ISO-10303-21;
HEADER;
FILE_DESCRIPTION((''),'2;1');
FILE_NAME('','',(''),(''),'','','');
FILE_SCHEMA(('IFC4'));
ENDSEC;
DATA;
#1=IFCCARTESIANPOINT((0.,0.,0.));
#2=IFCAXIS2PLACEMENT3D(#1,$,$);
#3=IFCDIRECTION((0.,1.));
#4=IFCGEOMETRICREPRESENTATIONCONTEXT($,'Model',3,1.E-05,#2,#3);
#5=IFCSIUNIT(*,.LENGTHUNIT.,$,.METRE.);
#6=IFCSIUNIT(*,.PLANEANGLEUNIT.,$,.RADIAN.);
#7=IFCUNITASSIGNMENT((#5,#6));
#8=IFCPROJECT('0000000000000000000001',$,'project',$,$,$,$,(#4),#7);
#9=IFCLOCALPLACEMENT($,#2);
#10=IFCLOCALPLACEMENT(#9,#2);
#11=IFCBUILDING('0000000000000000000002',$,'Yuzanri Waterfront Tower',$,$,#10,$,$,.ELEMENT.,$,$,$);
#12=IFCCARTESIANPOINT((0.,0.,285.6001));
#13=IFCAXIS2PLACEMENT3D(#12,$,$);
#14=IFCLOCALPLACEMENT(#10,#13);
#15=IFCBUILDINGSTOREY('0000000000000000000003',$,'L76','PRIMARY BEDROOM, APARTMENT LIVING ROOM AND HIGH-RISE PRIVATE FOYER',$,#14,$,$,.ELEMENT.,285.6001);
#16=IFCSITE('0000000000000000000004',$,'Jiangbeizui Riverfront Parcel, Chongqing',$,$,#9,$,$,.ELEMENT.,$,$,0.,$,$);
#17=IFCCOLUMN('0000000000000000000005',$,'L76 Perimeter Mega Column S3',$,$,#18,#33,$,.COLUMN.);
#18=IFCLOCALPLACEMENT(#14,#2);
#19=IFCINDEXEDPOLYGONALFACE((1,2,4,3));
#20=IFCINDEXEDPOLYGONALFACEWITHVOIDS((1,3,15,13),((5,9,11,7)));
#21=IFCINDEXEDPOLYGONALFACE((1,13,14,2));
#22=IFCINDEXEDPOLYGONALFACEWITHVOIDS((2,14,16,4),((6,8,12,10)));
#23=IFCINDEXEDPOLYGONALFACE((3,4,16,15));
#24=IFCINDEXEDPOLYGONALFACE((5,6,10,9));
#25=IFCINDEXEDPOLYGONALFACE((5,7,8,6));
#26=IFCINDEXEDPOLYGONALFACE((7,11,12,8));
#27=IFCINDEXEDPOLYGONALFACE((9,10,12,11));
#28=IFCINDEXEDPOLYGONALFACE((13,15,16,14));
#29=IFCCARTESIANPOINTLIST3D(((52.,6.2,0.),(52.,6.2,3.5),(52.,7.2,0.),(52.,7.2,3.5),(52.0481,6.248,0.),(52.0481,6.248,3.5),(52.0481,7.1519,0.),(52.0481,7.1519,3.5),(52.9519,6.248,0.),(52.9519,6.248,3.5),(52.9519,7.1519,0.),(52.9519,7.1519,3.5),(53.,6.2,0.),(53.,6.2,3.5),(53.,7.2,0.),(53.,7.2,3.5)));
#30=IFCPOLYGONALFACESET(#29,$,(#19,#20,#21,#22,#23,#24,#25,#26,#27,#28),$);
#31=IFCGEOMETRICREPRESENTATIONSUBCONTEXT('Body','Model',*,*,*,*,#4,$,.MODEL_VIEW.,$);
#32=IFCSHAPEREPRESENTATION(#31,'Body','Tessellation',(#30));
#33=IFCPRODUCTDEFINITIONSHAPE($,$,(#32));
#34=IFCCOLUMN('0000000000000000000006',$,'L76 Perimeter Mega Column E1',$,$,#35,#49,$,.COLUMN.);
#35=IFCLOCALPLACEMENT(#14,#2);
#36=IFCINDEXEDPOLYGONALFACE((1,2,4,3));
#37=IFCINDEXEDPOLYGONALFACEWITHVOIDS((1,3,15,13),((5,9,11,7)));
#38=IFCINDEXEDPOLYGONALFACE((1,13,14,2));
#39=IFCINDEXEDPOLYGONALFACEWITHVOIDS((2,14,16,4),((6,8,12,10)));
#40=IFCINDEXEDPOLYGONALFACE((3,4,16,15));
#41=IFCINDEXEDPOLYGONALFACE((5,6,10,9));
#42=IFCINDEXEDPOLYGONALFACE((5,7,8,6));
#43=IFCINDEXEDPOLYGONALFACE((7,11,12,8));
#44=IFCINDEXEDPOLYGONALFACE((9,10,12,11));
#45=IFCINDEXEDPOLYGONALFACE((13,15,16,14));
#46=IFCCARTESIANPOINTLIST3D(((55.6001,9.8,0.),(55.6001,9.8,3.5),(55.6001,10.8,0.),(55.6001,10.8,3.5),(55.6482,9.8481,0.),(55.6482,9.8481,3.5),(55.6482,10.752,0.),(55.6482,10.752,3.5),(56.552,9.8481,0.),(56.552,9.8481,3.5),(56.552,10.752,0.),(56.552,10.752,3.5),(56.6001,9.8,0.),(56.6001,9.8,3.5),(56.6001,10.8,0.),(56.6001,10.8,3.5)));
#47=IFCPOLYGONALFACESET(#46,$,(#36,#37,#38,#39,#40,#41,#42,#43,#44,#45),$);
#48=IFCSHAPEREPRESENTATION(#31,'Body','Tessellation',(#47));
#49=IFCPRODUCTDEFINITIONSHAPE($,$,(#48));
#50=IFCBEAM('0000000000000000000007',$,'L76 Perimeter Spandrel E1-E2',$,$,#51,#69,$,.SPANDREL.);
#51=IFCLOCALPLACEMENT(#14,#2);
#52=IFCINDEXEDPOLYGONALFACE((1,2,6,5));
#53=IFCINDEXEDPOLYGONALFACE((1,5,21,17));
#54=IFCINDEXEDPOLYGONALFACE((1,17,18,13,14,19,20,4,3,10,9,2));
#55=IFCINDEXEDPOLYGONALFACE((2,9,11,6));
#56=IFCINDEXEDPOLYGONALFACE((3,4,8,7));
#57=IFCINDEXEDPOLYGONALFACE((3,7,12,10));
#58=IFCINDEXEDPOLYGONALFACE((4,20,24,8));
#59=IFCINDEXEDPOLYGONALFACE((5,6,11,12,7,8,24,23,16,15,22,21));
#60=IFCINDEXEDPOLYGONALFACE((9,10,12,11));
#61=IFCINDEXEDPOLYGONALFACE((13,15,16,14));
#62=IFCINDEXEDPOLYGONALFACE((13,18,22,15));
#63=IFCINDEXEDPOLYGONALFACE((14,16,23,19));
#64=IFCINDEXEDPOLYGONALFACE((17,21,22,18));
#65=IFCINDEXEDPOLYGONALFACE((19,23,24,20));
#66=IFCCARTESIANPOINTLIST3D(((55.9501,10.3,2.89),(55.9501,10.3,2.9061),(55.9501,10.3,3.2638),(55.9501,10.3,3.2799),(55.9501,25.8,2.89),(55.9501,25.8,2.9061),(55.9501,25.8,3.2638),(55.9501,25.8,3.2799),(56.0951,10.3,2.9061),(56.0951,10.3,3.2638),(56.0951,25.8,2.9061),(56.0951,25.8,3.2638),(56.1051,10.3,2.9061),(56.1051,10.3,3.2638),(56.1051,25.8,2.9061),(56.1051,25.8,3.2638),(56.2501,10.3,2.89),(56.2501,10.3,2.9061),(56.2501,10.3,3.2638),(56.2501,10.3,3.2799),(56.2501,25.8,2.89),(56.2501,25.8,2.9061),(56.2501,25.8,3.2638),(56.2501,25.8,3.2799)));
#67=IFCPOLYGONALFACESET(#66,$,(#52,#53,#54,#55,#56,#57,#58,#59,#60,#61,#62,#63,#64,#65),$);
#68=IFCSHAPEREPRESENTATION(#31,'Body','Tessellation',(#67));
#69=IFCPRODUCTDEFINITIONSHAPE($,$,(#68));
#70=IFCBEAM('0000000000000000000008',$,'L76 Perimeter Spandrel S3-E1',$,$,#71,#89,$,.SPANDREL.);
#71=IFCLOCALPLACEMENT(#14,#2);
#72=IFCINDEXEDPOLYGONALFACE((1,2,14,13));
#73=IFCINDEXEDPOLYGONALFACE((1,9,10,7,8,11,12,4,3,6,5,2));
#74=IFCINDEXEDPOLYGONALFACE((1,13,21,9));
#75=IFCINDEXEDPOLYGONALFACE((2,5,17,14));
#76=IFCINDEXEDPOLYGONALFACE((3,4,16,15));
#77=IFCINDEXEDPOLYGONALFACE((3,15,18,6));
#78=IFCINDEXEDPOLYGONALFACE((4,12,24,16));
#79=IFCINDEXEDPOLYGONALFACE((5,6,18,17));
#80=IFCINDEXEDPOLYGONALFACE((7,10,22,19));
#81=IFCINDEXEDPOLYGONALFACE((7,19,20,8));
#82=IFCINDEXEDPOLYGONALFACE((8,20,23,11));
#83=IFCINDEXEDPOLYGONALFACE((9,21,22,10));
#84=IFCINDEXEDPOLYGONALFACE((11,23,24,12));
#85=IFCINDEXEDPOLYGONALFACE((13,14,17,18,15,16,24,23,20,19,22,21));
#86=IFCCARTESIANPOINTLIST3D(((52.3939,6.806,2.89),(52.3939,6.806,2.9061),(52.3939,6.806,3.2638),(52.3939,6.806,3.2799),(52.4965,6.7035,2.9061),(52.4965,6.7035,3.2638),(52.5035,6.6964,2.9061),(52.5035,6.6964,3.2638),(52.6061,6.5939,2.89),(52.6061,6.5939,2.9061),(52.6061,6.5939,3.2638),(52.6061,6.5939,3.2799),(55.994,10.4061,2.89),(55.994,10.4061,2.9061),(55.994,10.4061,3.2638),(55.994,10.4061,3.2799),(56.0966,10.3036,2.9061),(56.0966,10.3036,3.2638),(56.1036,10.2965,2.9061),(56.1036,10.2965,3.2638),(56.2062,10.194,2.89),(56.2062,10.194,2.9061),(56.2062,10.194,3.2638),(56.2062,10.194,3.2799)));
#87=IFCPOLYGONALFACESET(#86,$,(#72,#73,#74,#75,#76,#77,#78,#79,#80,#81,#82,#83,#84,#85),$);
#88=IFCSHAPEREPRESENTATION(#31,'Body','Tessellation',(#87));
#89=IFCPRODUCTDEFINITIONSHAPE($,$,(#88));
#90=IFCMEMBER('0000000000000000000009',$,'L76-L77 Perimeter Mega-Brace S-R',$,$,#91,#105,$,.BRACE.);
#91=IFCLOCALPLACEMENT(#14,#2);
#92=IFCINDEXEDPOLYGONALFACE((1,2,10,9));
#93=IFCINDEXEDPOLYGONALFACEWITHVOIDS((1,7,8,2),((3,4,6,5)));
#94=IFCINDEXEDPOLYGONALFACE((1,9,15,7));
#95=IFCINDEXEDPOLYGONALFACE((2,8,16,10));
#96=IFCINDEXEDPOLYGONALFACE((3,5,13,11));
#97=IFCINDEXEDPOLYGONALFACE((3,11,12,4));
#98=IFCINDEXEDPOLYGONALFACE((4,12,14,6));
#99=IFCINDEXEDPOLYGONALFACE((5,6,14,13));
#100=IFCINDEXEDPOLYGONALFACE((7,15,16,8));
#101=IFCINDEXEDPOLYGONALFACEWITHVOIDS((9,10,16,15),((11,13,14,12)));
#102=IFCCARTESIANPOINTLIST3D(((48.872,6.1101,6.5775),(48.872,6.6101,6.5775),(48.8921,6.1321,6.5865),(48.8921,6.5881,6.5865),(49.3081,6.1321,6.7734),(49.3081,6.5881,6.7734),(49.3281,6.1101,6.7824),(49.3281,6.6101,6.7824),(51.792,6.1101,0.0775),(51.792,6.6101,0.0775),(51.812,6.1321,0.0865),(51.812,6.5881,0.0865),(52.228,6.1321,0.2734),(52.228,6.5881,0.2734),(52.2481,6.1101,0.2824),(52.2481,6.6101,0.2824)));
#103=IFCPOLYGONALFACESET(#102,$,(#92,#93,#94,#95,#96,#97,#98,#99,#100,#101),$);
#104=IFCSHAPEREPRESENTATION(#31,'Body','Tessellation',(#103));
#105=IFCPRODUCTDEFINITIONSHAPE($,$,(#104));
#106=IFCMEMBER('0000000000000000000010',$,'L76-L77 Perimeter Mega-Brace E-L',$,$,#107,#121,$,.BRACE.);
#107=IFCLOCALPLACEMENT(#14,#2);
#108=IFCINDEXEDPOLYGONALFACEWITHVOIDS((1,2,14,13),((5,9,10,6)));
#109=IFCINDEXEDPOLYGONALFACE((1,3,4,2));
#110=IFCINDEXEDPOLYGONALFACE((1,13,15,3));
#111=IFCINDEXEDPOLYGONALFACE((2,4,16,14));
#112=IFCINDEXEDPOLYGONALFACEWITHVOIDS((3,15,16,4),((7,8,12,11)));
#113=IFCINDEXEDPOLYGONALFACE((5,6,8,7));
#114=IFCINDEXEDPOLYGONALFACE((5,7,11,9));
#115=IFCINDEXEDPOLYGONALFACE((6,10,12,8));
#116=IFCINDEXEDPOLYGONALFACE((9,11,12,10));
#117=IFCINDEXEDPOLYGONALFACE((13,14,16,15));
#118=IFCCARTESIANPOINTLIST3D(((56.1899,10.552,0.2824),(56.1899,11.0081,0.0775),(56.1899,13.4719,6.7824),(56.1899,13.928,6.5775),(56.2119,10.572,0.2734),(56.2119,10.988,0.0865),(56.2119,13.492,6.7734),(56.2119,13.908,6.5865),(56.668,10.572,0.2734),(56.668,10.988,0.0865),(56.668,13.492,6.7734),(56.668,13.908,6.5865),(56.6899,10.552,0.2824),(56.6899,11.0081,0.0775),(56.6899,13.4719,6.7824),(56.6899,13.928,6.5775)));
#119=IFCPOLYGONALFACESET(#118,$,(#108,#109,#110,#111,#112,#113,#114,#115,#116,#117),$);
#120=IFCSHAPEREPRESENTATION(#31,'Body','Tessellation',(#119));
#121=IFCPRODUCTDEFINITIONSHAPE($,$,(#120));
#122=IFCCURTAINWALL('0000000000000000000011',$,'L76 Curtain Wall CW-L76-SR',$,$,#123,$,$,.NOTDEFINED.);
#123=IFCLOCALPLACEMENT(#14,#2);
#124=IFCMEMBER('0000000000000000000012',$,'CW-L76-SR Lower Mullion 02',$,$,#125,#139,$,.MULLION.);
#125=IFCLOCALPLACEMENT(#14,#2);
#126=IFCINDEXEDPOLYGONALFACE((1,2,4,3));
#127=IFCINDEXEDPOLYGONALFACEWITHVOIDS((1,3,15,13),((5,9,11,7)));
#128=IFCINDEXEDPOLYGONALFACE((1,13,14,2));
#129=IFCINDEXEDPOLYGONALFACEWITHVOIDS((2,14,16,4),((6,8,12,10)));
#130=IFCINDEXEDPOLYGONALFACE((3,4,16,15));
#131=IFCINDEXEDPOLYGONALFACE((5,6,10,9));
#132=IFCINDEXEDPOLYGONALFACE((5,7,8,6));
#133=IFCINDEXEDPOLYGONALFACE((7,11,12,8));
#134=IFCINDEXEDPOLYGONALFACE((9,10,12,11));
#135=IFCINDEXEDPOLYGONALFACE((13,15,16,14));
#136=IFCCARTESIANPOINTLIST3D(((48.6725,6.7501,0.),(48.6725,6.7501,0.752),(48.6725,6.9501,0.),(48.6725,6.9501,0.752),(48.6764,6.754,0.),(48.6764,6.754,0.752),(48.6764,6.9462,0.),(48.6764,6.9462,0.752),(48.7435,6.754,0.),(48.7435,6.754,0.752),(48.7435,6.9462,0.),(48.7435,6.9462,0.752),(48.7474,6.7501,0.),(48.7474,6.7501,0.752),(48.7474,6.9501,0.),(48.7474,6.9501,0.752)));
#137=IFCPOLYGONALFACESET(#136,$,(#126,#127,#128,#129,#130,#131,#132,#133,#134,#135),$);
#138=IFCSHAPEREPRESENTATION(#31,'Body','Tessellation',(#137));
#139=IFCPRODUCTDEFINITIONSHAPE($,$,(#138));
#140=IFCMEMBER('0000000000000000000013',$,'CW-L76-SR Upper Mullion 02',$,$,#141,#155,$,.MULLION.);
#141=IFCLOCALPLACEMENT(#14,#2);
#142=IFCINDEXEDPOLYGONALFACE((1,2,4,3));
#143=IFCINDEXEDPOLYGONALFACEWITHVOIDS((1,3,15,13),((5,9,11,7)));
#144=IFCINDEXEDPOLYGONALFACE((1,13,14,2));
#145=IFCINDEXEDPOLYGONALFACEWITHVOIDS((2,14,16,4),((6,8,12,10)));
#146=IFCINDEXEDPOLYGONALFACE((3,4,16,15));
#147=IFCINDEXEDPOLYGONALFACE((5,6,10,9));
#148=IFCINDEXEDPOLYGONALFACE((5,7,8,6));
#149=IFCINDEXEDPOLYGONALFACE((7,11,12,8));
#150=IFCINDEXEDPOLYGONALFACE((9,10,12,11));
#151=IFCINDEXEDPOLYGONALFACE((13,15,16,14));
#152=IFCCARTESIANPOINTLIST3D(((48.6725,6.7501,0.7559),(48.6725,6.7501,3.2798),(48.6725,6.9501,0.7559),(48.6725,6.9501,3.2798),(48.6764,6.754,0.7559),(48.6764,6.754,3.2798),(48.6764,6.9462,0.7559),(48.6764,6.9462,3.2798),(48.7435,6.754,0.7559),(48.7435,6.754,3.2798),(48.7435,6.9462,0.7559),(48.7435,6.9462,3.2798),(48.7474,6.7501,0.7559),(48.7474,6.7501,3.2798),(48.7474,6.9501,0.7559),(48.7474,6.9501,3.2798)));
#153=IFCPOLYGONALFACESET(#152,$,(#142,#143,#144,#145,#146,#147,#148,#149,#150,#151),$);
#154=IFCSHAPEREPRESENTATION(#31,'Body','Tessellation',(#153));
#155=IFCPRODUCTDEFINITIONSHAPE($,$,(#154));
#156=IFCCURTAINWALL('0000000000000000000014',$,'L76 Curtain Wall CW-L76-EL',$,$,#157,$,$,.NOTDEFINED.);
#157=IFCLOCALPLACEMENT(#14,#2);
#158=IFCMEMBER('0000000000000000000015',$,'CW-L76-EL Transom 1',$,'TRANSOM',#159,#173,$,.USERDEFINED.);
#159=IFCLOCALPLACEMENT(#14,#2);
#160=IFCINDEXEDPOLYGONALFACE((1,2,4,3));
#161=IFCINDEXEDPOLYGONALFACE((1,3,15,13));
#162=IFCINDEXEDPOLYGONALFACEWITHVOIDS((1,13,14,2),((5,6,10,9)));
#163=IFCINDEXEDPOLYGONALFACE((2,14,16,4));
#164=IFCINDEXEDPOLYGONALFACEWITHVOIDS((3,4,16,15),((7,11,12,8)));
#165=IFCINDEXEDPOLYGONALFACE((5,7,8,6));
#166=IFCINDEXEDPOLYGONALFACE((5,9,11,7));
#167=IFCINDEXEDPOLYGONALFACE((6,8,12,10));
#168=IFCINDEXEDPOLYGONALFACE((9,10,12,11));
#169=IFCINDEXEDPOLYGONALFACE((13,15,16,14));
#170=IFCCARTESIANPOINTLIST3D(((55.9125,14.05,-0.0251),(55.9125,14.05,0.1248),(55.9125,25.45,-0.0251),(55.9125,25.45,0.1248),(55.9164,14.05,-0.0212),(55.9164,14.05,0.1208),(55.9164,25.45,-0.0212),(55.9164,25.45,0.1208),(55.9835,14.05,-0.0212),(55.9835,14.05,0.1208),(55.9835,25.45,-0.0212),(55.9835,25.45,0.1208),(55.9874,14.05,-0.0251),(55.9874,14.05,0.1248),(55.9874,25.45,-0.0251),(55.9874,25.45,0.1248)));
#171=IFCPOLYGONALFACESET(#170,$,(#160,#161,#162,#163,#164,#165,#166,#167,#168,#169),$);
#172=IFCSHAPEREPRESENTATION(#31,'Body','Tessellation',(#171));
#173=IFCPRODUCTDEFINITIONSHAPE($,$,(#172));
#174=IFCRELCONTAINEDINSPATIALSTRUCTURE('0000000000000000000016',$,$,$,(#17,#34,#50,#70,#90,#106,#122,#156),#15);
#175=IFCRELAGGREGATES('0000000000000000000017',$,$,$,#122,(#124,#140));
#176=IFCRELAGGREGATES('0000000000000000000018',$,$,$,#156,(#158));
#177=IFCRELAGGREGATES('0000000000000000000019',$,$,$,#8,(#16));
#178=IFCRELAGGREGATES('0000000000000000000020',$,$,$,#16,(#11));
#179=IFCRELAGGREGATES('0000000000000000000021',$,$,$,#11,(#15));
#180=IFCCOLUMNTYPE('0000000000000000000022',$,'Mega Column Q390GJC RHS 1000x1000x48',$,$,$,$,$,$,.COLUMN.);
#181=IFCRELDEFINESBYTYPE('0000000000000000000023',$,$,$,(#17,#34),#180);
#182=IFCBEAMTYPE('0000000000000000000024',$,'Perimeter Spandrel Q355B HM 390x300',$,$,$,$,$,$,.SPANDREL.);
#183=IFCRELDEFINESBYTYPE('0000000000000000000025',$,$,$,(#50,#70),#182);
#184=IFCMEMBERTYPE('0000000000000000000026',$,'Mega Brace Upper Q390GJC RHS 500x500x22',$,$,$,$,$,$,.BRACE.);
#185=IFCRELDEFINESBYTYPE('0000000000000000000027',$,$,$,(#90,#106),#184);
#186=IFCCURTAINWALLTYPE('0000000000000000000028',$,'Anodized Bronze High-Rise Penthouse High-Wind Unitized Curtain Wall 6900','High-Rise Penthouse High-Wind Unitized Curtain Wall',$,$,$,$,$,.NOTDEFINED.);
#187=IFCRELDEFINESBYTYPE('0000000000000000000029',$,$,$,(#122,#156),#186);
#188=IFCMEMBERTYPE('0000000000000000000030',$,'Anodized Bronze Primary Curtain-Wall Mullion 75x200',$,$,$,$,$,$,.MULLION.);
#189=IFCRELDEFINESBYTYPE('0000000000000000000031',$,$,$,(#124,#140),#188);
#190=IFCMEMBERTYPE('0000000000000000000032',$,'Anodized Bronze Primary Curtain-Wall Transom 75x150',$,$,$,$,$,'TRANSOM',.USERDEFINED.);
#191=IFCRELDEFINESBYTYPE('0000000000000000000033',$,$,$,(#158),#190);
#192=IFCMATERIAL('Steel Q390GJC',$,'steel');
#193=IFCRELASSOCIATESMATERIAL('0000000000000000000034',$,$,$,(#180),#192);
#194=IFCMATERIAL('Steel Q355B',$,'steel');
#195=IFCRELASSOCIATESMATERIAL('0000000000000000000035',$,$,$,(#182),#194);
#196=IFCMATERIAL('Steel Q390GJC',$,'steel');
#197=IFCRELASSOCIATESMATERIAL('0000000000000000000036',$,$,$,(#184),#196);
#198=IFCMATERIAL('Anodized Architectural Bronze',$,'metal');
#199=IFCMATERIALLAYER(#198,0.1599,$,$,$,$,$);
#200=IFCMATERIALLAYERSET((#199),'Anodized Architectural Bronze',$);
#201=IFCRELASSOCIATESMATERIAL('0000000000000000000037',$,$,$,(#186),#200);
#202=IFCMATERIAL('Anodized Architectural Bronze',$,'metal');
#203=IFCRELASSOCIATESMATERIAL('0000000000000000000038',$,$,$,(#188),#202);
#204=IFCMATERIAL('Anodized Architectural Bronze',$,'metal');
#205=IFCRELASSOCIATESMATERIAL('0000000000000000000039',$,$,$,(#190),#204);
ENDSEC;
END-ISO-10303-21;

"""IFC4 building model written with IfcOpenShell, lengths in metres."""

from ifc_helpers import new_model, si_unit, direction, frame, origin, origin_2d, place, context, subcontext, project, spatial, hollow_rectangle, i_section, extrude, source, transform, mapped, material, layer, layer_set, material_profile, profile_set, type_object, element, aggregate, save


model = new_model("IFC4")

# Units and contexts
model_context = context("Model", 3, precision=1e-05, world=origin(), true_north=direction((0.0, 1.0)))
body_context = subcontext(model_context, "Body", "Model", "MODEL_VIEW")
ifc_project = project(units=[si_unit("LENGTHUNIT", "METRE"), si_unit("PLANEANGLEUNIT", "RADIAN")], contexts=[model_context])

# Site, building, storey
site_placement = place(None, origin())
site = spatial("IfcSite", under=ifc_project, at=site_placement, Name="Jiangbeizui Riverfront Parcel, Chongqing", CompositionType="ELEMENT", RefElevation=0.0)
building_placement = place(site_placement, origin())
building = spatial("IfcBuilding", under=site, at=building_placement, Name="Yuzanri Waterfront Tower", CompositionType="ELEMENT")
storey_placement = place(building_placement, frame((0.0, 0.0, 285.6001)))
storey = spatial("IfcBuildingStorey", under=building, at=storey_placement, Name="L76", Description="PRIMARY BEDROOM, APARTMENT LIVING ROOM AND HIGH-RISE PRIVATE FOYER", CompositionType="ELEMENT", Elevation=285.6001)

# Columns
ifc_material_1 = material(Name="Steel Q390GJC", Category="steel")
ifc_material_profile_1 = material_profile(ifc_material_1, hollow_rectangle(XDim=1.0, YDim=1.0, WallThickness=0.0481, at=origin_2d()), Name="RHS 1000x1000x48")
ifc_profile_set_1 = profile_set([ifc_material_profile_1], Name="Steel Q390GJC")
column_type = type_object("IfcColumnType", Name="Mega Column Q390GJC RHS 1000x1000x48", PredefinedType="COLUMN", material=ifc_profile_set_1)
shared_shape_1 = source(origin(), body_context, "Body", "SweptSolid", [
    extrude(hollow_rectangle(XDim=1.0, YDim=1.0, WallThickness=0.0481, at=origin_2d()), origin(), (0.0, 0.0, 1.0), 3.5),
])
for number, where, z_axis, x_axis, name in (
    (1, (52.5, 6.7, 0.0), (0.0, 0.0, 1.0), (1.0, 0.0, 0.0), "L76 Perimeter Mega Column S3"),
    (2, (56.1001, 10.3, 0.0), (0.0, 0.0, 1.0), (1.0, 0.0, 0.0), "L76 Perimeter Mega Column E1"),
):
    element("IfcColumn", number, at=place(storey_placement, frame(where, z_axis=z_axis, x_axis=x_axis)), inside=storey, type_object=column_type, Name=name, PredefinedType="COLUMN", context=body_context, shape_type="MappedRepresentation", body=[
        mapped(shared_shape_1, transform((0.0, 0.0, 0.0), scale=1.0)),
    ])

# Beams
ifc_material_2 = material(Name="Steel Q355B", Category="steel")
ifc_material_profile_2 = material_profile(ifc_material_2, i_section(OverallWidth=0.3, OverallDepth=0.3899, WebThickness=0.01, FlangeThickness=0.0161, at=origin_2d()), Name="HM 390x300x10x16")
ifc_profile_set_2 = profile_set([ifc_material_profile_2], Name="Steel Q355B")
beam_type = type_object("IfcBeamType", Name="Perimeter Spandrel Q355B HM 390x300", PredefinedType="SPANDREL", material=ifc_profile_set_2)
shared_shape_2 = source(origin(), body_context, "Body", "SweptSolid", [
    extrude(i_section(OverallWidth=0.3, OverallDepth=0.3899, WebThickness=0.01, FlangeThickness=0.0161, at=origin_2d()), origin(), (0.0, 0.0, 1.0), 15.5),
])
beam_1_placement = place(storey_placement, frame((56.1001, 10.3, 3.085), z_axis=(0.0, 1.0, 0.0), x_axis=(-1.0, 0.0, 0.0)))
element("IfcBeam", 3, at=beam_1_placement, inside=storey, type_object=beam_type, Name="L76 Perimeter Spandrel E1-E2", PredefinedType="SPANDREL", context=body_context, shape_type="MappedRepresentation", body=[
    mapped(shared_shape_2, transform((0.0, 0.0, 0.0), scale=1.0)),
])
shared_shape_3 = source(origin(), body_context, "Body", "SweptSolid", [
    extrude(i_section(OverallWidth=0.3, OverallDepth=0.3899, WebThickness=0.01, FlangeThickness=0.0161, at=origin_2d()), origin(), (0.0, 0.0, 1.0), 5.0913),
])
beam_2_placement = place(storey_placement, frame((52.5, 6.7, 3.085), z_axis=(0.707107, 0.707107, 0.0), x_axis=(-0.707107, 0.707107, 0.0)))
element("IfcBeam", 4, at=beam_2_placement, inside=storey, type_object=beam_type, Name="L76 Perimeter Spandrel S3-E1", PredefinedType="SPANDREL", context=body_context, shape_type="MappedRepresentation", body=[
    mapped(shared_shape_3, transform((0.0, 0.0, 0.0), scale=1.0)),
])

# Members
ifc_material_3 = material(Name="Steel Q390GJC", Category="steel")
ifc_material_profile_3 = material_profile(ifc_material_3, hollow_rectangle(XDim=0.5, YDim=0.5, WallThickness=0.022, at=origin_2d()), Name="RHS 500x500x22")
ifc_profile_set_3 = profile_set([ifc_material_profile_3], Name="Steel Q390GJC")
member_type_1 = type_object("IfcMemberType", Name="Mega Brace Upper Q390GJC RHS 500x500x22", PredefinedType="BRACE", material=ifc_profile_set_3)
shared_shape_4 = source(origin(), body_context, "Body", "SweptSolid", [
    extrude(hollow_rectangle(XDim=0.5, YDim=0.5, WallThickness=0.022, at=origin_2d()), origin(), (0.0, 0.0, 1.0), 7.1257),
])
for number, where, z_axis, x_axis, name in (
    (5, (52.02, 6.3601, 0.1799), (-0.409772, 0.0, 0.912188), (0.0, -1.0, 0.0), "L76-L77 Perimeter Mega-Brace S-R"),
    (6, (56.4399, 10.78, 0.1799), (0.0, 0.409772, 0.912188), (-1.0, 0.0, 0.0), "L76-L77 Perimeter Mega-Brace E-L"),
):
    element("IfcMember", number, at=place(storey_placement, frame(where, z_axis=z_axis, x_axis=x_axis)), inside=storey, type_object=member_type_1, Name=name, PredefinedType="BRACE", context=body_context, shape_type="MappedRepresentation", body=[
        mapped(shared_shape_4, transform((0.0, 0.0, 0.0), scale=1.0)),
    ])

# Curtain walls, members
ifc_material_4 = material(Name="Anodized Architectural Bronze", Category="metal")
ifc_layer_1 = layer(ifc_material_4, 0.1599)
ifc_layer_set_1 = layer_set([ifc_layer_1], Name="Anodized Architectural Bronze")
curtain_wall_type = type_object("IfcCurtainWallType", Name="Anodized Bronze High-Rise Penthouse High-Wind Unitized Curtain Wall 6900", Description="High-Rise Penthouse High-Wind Unitized Curtain Wall", PredefinedType="NOTDEFINED", material=ifc_layer_set_1)
curtain_wall_1_placement = place(storey_placement, origin())
curtain_wall_1 = element("IfcCurtainWall", 7, at=curtain_wall_1_placement, inside=storey, type_object=curtain_wall_type, Name="L76 Curtain Wall CW-L76-SR", PredefinedType="NOTDEFINED")
ifc_material_5 = material(Name="Anodized Architectural Bronze", Category="metal")
ifc_material_profile_4 = material_profile(ifc_material_5, hollow_rectangle(XDim=0.075, YDim=0.2, WallThickness=0.0039, at=origin_2d()), Name="CWM 75x200")
ifc_profile_set_4 = profile_set([ifc_material_profile_4], Name="Anodized Architectural Bronze")
member_type_2 = type_object("IfcMemberType", Name="Anodized Bronze Primary Curtain-Wall Mullion 75x200", PredefinedType="MULLION", material=ifc_profile_set_4)
shared_shape_5 = source(origin(), body_context, "Body", "SweptSolid", [
    extrude(hollow_rectangle(XDim=0.075, YDim=0.2, WallThickness=0.0039, at=origin_2d()), origin(), (0.0, 0.0, 1.0), 0.752),
])
member_1_placement = place(storey_placement, frame((48.71, 6.8501, 0.0), z_axis=(0.0, 0.0, 1.0), x_axis=(1.0, 0.0, 0.0)))
member_1 = element("IfcMember", 8, at=member_1_placement, type_object=member_type_2, Name="CW-L76-SR Lower Mullion 02", PredefinedType="MULLION", context=body_context, shape_type="MappedRepresentation", body=[
    mapped(shared_shape_5, transform((0.0, 0.0, 0.0), scale=1.0)),
])
shared_shape_6 = source(origin(), body_context, "Body", "SweptSolid", [
    extrude(hollow_rectangle(XDim=0.075, YDim=0.2, WallThickness=0.0039, at=origin_2d()), origin(), (0.0, 0.0, 1.0), 2.5239),
])
member_2_placement = place(storey_placement, frame((48.71, 6.8501, 0.7559), z_axis=(0.0, 0.0, 1.0), x_axis=(1.0, 0.0, 0.0)))
member_2 = element("IfcMember", 9, at=member_2_placement, type_object=member_type_2, Name="CW-L76-SR Upper Mullion 02", PredefinedType="MULLION", context=body_context, shape_type="MappedRepresentation", body=[
    mapped(shared_shape_6, transform((0.0, 0.0, 0.0), scale=1.0)),
])
aggregate(curtain_wall_1, [member_1, member_2])
curtain_wall_2_placement = place(storey_placement, origin())
curtain_wall_2 = element("IfcCurtainWall", 10, at=curtain_wall_2_placement, inside=storey, type_object=curtain_wall_type, Name="L76 Curtain Wall CW-L76-EL", PredefinedType="NOTDEFINED")
ifc_material_6 = material(Name="Anodized Architectural Bronze", Category="metal")
ifc_material_profile_5 = material_profile(ifc_material_6, hollow_rectangle(XDim=0.075, YDim=0.1499, WallThickness=0.0039, at=origin_2d()), Name="CWT 75x150")
ifc_profile_set_5 = profile_set([ifc_material_profile_5], Name="Anodized Architectural Bronze")
member_type_3 = type_object("IfcMemberType", Name="Anodized Bronze Primary Curtain-Wall Transom 75x150", ElementType="TRANSOM", PredefinedType="USERDEFINED", material=ifc_profile_set_5)
shared_shape_7 = source(origin(), body_context, "Body", "SweptSolid", [
    extrude(hollow_rectangle(XDim=0.075, YDim=0.1499, WallThickness=0.0039, at=origin_2d()), origin(), (0.0, 0.0, 1.0), 11.3999),
])
member_3_placement = place(storey_placement, frame((55.95, 14.05, 0.0498), z_axis=(0.0, 1.0, 0.0), x_axis=(-1.0, 0.0, 0.0)))
member_3 = element("IfcMember", 11, at=member_3_placement, type_object=member_type_3, Name="CW-L76-EL Transom 1", ObjectType="TRANSOM", PredefinedType="USERDEFINED", context=body_context, shape_type="MappedRepresentation", body=[
    mapped(shared_shape_7, transform((0.0, 0.0, 0.0), scale=1.0)),
])
aggregate(curtain_wall_2, [member_3])

save(model, "model.ifc")
